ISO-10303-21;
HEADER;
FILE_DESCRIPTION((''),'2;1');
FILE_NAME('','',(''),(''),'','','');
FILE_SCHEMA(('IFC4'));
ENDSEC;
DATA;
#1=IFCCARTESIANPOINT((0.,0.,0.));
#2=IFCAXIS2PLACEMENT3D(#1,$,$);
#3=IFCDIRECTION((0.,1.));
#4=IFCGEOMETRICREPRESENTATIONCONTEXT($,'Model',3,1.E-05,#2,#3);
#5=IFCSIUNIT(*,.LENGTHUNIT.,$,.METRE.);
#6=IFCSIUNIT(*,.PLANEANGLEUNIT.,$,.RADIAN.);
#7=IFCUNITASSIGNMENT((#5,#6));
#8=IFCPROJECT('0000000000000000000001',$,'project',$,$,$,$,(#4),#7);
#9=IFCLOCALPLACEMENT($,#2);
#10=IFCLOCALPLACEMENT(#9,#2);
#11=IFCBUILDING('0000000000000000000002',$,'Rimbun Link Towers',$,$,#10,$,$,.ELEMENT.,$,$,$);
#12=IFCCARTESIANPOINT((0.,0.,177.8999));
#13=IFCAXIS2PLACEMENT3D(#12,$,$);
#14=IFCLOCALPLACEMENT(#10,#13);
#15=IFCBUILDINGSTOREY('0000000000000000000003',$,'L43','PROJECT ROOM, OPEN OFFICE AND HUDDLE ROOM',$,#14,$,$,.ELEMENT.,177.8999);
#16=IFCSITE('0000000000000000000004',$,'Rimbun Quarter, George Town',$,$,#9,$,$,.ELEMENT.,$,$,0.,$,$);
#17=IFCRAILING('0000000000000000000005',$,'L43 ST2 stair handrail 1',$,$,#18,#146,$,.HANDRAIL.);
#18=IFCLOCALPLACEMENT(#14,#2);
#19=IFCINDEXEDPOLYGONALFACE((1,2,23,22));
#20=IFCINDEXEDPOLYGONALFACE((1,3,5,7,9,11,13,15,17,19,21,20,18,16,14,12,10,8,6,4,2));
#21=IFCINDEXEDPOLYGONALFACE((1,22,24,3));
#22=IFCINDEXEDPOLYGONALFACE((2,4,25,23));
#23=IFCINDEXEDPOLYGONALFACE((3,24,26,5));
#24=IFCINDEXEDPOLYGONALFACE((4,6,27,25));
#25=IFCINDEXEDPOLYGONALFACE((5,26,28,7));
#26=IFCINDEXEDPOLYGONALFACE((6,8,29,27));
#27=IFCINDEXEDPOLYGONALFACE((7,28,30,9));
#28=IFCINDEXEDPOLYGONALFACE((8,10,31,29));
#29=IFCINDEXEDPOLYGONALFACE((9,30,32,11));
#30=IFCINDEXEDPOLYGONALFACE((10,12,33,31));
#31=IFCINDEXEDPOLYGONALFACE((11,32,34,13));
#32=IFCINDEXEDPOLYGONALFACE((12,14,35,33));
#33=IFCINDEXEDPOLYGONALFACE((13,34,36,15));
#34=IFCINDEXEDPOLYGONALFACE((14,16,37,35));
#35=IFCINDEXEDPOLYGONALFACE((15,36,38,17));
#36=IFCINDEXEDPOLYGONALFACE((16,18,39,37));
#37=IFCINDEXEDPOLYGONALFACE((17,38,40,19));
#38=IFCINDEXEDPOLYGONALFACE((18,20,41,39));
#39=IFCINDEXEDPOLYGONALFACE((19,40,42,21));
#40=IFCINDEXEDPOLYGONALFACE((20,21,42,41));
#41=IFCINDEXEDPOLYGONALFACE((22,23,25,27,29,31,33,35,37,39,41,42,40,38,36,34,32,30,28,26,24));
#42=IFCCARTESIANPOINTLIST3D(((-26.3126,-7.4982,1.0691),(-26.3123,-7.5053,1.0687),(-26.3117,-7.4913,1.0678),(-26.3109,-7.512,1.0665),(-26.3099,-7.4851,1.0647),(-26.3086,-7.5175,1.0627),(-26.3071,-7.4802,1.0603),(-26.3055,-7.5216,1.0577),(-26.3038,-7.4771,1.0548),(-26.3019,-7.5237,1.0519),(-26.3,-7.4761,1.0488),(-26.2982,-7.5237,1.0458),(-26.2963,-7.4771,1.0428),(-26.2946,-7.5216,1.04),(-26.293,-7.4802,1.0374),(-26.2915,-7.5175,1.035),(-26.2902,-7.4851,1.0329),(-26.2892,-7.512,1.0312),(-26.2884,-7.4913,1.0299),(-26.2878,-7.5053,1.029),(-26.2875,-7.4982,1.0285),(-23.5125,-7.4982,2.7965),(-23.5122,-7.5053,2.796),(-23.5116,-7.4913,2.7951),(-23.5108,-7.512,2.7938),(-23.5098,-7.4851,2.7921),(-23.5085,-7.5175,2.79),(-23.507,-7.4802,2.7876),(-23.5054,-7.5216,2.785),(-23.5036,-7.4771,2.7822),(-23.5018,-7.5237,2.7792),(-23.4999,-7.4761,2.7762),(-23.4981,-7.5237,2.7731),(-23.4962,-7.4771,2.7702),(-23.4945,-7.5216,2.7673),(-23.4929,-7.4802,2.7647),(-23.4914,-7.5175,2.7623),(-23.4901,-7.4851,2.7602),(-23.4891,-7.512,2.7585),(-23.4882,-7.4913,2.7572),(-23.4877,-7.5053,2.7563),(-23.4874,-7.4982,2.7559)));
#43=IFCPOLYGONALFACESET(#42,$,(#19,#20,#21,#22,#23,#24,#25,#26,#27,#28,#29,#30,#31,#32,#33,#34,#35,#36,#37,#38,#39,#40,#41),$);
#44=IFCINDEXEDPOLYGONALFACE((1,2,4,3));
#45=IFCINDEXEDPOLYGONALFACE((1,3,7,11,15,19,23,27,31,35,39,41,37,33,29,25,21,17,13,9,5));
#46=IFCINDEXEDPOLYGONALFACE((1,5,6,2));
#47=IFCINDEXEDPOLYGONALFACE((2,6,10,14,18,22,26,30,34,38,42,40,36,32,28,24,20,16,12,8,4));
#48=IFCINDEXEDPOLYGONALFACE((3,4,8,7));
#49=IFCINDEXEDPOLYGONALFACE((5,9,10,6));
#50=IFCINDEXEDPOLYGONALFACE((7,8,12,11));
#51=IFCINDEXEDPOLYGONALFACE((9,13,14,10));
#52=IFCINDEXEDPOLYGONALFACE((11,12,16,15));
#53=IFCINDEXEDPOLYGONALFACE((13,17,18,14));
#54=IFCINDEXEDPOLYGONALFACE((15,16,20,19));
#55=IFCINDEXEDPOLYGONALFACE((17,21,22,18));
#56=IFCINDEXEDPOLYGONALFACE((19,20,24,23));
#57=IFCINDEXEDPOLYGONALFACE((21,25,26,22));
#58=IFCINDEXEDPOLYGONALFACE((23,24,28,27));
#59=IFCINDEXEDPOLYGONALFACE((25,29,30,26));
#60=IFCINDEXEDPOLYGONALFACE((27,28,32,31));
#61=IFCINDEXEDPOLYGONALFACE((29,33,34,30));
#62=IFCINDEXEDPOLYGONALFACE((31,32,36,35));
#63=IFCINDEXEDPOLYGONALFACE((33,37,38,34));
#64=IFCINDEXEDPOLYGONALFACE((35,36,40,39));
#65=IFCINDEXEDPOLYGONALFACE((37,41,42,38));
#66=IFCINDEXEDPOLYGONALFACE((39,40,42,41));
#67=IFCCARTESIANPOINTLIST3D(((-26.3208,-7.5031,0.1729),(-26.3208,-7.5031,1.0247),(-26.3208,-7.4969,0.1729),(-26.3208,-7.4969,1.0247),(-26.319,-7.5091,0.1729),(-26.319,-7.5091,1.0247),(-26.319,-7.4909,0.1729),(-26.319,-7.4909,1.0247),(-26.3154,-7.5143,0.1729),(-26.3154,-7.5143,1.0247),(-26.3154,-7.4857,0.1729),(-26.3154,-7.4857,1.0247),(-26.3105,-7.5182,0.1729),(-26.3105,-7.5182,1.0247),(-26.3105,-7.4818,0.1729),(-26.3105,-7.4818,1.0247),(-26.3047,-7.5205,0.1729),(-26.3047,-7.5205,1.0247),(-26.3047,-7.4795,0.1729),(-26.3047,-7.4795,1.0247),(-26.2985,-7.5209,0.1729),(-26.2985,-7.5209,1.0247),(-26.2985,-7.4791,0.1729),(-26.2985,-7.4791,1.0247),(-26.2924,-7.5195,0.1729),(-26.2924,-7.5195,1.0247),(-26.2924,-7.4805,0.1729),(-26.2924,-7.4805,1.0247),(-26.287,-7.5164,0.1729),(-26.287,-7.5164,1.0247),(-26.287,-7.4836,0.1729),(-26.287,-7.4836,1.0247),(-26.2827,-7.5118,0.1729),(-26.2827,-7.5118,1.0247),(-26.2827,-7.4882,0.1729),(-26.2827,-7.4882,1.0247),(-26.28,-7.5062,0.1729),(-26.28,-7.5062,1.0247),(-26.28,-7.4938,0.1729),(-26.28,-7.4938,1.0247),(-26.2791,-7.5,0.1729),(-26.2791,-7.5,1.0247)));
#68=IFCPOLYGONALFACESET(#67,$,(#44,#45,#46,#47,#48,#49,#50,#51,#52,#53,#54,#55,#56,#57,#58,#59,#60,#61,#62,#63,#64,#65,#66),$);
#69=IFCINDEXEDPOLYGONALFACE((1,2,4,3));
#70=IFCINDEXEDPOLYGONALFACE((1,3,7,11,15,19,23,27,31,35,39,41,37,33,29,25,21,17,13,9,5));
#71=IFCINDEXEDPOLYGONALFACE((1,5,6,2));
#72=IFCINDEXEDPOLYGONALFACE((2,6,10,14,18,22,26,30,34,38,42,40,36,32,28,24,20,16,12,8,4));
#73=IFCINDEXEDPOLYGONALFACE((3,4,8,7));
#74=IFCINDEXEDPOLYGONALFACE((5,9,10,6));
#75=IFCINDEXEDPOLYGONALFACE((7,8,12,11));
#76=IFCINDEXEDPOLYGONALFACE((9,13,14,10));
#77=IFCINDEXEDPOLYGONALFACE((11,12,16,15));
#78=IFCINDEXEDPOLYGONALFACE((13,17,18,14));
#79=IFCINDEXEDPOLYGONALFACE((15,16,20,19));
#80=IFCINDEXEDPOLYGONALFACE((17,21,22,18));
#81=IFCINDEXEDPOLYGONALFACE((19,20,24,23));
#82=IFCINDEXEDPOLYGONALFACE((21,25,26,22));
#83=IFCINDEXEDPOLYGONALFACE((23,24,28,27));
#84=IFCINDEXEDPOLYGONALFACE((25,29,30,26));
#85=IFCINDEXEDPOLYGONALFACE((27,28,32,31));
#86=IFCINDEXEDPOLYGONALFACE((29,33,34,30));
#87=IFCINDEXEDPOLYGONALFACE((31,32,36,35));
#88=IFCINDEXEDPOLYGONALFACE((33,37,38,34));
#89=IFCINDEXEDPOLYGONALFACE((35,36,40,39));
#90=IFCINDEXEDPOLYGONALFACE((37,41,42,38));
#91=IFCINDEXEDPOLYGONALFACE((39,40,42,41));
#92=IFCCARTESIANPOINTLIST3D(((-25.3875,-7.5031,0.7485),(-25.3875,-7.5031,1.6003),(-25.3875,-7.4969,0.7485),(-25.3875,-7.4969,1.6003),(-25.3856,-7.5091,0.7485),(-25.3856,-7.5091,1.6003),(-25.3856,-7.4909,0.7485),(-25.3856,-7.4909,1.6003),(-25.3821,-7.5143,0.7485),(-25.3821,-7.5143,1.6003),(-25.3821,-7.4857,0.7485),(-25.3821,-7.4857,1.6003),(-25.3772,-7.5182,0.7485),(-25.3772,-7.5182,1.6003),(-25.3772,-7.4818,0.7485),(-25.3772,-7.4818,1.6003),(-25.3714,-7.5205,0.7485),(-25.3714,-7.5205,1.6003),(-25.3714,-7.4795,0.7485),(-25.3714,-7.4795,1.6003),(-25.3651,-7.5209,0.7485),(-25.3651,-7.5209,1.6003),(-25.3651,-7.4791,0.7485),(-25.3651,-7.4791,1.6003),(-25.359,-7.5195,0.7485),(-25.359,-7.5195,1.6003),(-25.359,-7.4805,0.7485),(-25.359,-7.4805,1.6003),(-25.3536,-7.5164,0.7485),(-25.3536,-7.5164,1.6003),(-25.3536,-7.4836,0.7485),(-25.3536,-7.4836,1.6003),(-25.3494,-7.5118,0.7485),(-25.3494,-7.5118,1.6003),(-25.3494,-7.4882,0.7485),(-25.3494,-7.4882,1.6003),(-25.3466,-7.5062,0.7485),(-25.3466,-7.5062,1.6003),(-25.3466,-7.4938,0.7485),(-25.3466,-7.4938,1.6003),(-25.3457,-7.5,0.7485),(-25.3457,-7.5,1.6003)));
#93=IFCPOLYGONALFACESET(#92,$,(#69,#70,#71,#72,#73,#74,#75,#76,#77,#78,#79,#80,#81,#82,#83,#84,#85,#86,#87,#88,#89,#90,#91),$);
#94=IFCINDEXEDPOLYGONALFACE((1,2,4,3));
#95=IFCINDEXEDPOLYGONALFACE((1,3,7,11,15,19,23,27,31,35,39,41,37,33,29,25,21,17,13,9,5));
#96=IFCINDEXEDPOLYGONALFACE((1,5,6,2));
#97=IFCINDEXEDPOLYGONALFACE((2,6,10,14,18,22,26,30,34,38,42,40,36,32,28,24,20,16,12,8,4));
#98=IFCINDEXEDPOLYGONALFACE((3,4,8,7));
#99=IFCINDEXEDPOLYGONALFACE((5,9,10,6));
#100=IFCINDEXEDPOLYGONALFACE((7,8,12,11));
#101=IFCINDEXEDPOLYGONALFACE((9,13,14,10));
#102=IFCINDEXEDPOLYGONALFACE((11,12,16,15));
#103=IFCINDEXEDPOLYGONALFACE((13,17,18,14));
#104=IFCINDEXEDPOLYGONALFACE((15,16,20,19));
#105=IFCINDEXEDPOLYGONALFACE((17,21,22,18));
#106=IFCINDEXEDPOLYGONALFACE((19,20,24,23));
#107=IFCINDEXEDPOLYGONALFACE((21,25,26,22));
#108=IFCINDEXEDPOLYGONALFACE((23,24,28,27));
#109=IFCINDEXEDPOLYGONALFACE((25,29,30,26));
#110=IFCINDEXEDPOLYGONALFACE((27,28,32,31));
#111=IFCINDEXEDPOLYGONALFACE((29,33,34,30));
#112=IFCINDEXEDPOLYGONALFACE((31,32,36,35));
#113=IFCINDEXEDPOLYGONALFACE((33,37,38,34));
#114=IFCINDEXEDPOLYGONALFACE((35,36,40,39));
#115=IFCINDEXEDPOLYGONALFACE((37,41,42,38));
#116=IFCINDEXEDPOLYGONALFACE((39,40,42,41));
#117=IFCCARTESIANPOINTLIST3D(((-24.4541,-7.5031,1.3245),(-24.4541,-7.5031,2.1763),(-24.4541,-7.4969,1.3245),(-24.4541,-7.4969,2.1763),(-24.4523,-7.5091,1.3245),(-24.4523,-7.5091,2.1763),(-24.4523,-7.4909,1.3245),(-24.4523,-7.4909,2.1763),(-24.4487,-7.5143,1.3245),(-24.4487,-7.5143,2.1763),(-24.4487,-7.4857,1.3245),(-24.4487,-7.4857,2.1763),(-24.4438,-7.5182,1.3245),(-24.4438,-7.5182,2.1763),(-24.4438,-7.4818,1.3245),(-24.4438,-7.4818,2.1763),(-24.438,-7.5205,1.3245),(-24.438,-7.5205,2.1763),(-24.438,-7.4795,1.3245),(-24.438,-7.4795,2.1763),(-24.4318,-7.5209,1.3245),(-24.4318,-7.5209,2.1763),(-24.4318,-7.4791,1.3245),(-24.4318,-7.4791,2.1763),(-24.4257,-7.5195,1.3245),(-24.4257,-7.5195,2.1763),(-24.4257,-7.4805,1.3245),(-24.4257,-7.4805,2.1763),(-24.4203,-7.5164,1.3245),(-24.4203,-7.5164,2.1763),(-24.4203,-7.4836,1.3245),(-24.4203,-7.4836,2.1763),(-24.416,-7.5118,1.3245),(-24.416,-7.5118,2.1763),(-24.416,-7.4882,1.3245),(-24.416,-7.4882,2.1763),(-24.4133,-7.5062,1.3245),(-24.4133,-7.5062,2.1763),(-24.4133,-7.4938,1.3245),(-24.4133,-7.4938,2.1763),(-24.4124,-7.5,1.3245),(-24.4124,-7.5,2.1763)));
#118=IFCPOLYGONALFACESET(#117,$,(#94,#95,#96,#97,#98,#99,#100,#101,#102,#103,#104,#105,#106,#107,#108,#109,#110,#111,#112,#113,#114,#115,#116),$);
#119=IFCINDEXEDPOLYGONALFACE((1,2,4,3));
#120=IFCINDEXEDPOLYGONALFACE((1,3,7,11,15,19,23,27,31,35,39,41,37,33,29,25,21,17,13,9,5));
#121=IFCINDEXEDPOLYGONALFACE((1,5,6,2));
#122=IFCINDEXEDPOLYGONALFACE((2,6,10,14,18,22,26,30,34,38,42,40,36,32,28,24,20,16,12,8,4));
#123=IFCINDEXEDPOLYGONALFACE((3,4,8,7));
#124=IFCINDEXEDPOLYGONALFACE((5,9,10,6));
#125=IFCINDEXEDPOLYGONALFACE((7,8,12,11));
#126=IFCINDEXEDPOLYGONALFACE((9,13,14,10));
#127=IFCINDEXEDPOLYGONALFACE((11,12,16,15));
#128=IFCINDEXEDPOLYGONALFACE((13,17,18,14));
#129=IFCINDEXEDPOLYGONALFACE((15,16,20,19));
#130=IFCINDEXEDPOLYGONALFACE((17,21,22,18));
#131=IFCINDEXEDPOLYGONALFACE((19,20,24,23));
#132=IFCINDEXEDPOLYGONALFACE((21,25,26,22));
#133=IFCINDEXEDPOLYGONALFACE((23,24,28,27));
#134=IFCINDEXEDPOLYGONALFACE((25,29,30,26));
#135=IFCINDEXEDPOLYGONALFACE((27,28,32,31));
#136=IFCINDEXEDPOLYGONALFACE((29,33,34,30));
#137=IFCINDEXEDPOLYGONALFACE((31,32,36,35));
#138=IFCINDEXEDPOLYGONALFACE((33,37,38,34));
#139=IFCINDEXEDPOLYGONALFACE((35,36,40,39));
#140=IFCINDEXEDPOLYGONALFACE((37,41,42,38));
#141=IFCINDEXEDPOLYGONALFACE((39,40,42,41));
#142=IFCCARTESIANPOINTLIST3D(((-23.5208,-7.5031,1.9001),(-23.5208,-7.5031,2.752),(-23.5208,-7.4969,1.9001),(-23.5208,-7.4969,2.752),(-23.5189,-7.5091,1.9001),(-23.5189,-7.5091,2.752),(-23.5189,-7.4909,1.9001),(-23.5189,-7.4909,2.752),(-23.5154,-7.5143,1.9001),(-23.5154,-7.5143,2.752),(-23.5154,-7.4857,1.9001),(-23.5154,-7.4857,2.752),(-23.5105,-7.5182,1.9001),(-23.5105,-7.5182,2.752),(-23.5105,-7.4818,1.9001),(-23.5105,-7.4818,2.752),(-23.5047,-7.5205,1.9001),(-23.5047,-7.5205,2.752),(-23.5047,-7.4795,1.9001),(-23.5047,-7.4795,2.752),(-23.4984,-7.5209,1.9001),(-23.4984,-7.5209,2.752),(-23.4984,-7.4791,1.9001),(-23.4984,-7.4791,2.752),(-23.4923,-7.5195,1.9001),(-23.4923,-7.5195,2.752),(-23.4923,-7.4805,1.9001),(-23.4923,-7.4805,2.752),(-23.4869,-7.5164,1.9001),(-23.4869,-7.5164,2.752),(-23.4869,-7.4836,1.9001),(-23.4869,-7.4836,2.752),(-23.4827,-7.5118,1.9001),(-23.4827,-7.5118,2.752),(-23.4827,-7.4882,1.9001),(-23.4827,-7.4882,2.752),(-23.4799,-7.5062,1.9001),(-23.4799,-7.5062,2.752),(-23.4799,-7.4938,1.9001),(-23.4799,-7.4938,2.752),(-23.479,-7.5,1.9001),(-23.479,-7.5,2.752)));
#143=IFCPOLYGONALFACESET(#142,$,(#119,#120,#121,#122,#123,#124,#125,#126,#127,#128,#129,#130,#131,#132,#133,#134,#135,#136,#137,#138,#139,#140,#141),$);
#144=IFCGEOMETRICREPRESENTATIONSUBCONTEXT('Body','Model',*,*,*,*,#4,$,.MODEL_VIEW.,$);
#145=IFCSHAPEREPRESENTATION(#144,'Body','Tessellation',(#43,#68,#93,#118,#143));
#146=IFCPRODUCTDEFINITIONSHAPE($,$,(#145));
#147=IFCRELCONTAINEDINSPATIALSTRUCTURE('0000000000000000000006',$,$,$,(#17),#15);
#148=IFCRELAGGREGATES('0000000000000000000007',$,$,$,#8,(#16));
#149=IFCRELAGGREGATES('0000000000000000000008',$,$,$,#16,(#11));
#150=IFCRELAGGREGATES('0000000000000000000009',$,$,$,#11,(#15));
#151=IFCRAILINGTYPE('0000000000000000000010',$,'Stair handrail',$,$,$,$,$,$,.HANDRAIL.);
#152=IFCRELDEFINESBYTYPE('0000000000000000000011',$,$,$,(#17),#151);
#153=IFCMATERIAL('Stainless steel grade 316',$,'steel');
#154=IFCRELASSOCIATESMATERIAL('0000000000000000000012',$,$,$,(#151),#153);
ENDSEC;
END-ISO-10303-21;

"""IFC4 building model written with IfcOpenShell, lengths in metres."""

from ifc_helpers import new_model, si_unit, direction, frame, origin, origin_2d, place, context, subcontext, project, spatial, circle, extrude, material, type_object, element, save


model = new_model("IFC4")

# Units and contexts
model_context = context("Model", 3, precision=1e-05, world=origin(), true_north=direction((0.0, 1.0)))
body_context = subcontext(model_context, "Body", "Model", "MODEL_VIEW")
ifc_project = project(units=[si_unit("LENGTHUNIT", "METRE"), si_unit("PLANEANGLEUNIT", "RADIAN")], contexts=[model_context])

# Site, building, storey
site_placement = place(None, origin())
site = spatial("IfcSite", under=ifc_project, at=site_placement, Name="Rimbun Quarter, George Town", CompositionType="ELEMENT", RefElevation=0.0)
building_placement = place(site_placement, origin())
building = spatial("IfcBuilding", under=site, at=building_placement, Name="Rimbun Link Towers", CompositionType="ELEMENT")
storey_placement = place(building_placement, frame((0.0, 0.0, 177.8999)))
storey = spatial("IfcBuildingStorey", under=building, at=storey_placement, Name="L43", Description="PROJECT ROOM, OPEN OFFICE AND HUDDLE ROOM", CompositionType="ELEMENT", Elevation=177.8999)

# Railing
ifc_material_1 = material(Name="Stainless steel grade 316", Category="steel")
railing_type_1 = type_object("IfcRailingType", Name="Stair handrail", PredefinedType="HANDRAIL", material=ifc_material_1)
railing_1_placement = place(storey_placement, frame((-26.3, -7.5, 0.1729)))
element("IfcRailing", 1, at=railing_1_placement, inside=storey, type_object=railing_type_1, Name="L43 ST2 stair handrail 1", PredefinedType="HANDRAIL", context=body_context, shape_type="SweptSolid", body=[
    extrude(circle(Radius=0.0239, at=origin_2d()), frame((0.0, 0.0, 0.876), z_axis=(0.85109, 0.0, 0.52502), x_axis=(0.0, 1.0, 0.0)), (0.0, 0.0, 1.0), 3.29),
    extrude(circle(Radius=0.021, at=origin_2d()), origin(), (0.0, 0.0, 1.0), 0.8518),
    extrude(circle(Radius=0.021, at=origin_2d()), frame((0.9333, 0.0, 0.5757)), (0.0, 0.0, 1.0), 0.8518),
    extrude(circle(Radius=0.021, at=origin_2d()), frame((1.8667, 0.0, 1.1516)), (0.0, 0.0, 1.0), 0.8518),
    extrude(circle(Radius=0.021, at=origin_2d()), frame((2.8, 0.0, 1.7273)), (0.0, 0.0, 1.0), 0.8518),
])

save(model, "model.ifc")
